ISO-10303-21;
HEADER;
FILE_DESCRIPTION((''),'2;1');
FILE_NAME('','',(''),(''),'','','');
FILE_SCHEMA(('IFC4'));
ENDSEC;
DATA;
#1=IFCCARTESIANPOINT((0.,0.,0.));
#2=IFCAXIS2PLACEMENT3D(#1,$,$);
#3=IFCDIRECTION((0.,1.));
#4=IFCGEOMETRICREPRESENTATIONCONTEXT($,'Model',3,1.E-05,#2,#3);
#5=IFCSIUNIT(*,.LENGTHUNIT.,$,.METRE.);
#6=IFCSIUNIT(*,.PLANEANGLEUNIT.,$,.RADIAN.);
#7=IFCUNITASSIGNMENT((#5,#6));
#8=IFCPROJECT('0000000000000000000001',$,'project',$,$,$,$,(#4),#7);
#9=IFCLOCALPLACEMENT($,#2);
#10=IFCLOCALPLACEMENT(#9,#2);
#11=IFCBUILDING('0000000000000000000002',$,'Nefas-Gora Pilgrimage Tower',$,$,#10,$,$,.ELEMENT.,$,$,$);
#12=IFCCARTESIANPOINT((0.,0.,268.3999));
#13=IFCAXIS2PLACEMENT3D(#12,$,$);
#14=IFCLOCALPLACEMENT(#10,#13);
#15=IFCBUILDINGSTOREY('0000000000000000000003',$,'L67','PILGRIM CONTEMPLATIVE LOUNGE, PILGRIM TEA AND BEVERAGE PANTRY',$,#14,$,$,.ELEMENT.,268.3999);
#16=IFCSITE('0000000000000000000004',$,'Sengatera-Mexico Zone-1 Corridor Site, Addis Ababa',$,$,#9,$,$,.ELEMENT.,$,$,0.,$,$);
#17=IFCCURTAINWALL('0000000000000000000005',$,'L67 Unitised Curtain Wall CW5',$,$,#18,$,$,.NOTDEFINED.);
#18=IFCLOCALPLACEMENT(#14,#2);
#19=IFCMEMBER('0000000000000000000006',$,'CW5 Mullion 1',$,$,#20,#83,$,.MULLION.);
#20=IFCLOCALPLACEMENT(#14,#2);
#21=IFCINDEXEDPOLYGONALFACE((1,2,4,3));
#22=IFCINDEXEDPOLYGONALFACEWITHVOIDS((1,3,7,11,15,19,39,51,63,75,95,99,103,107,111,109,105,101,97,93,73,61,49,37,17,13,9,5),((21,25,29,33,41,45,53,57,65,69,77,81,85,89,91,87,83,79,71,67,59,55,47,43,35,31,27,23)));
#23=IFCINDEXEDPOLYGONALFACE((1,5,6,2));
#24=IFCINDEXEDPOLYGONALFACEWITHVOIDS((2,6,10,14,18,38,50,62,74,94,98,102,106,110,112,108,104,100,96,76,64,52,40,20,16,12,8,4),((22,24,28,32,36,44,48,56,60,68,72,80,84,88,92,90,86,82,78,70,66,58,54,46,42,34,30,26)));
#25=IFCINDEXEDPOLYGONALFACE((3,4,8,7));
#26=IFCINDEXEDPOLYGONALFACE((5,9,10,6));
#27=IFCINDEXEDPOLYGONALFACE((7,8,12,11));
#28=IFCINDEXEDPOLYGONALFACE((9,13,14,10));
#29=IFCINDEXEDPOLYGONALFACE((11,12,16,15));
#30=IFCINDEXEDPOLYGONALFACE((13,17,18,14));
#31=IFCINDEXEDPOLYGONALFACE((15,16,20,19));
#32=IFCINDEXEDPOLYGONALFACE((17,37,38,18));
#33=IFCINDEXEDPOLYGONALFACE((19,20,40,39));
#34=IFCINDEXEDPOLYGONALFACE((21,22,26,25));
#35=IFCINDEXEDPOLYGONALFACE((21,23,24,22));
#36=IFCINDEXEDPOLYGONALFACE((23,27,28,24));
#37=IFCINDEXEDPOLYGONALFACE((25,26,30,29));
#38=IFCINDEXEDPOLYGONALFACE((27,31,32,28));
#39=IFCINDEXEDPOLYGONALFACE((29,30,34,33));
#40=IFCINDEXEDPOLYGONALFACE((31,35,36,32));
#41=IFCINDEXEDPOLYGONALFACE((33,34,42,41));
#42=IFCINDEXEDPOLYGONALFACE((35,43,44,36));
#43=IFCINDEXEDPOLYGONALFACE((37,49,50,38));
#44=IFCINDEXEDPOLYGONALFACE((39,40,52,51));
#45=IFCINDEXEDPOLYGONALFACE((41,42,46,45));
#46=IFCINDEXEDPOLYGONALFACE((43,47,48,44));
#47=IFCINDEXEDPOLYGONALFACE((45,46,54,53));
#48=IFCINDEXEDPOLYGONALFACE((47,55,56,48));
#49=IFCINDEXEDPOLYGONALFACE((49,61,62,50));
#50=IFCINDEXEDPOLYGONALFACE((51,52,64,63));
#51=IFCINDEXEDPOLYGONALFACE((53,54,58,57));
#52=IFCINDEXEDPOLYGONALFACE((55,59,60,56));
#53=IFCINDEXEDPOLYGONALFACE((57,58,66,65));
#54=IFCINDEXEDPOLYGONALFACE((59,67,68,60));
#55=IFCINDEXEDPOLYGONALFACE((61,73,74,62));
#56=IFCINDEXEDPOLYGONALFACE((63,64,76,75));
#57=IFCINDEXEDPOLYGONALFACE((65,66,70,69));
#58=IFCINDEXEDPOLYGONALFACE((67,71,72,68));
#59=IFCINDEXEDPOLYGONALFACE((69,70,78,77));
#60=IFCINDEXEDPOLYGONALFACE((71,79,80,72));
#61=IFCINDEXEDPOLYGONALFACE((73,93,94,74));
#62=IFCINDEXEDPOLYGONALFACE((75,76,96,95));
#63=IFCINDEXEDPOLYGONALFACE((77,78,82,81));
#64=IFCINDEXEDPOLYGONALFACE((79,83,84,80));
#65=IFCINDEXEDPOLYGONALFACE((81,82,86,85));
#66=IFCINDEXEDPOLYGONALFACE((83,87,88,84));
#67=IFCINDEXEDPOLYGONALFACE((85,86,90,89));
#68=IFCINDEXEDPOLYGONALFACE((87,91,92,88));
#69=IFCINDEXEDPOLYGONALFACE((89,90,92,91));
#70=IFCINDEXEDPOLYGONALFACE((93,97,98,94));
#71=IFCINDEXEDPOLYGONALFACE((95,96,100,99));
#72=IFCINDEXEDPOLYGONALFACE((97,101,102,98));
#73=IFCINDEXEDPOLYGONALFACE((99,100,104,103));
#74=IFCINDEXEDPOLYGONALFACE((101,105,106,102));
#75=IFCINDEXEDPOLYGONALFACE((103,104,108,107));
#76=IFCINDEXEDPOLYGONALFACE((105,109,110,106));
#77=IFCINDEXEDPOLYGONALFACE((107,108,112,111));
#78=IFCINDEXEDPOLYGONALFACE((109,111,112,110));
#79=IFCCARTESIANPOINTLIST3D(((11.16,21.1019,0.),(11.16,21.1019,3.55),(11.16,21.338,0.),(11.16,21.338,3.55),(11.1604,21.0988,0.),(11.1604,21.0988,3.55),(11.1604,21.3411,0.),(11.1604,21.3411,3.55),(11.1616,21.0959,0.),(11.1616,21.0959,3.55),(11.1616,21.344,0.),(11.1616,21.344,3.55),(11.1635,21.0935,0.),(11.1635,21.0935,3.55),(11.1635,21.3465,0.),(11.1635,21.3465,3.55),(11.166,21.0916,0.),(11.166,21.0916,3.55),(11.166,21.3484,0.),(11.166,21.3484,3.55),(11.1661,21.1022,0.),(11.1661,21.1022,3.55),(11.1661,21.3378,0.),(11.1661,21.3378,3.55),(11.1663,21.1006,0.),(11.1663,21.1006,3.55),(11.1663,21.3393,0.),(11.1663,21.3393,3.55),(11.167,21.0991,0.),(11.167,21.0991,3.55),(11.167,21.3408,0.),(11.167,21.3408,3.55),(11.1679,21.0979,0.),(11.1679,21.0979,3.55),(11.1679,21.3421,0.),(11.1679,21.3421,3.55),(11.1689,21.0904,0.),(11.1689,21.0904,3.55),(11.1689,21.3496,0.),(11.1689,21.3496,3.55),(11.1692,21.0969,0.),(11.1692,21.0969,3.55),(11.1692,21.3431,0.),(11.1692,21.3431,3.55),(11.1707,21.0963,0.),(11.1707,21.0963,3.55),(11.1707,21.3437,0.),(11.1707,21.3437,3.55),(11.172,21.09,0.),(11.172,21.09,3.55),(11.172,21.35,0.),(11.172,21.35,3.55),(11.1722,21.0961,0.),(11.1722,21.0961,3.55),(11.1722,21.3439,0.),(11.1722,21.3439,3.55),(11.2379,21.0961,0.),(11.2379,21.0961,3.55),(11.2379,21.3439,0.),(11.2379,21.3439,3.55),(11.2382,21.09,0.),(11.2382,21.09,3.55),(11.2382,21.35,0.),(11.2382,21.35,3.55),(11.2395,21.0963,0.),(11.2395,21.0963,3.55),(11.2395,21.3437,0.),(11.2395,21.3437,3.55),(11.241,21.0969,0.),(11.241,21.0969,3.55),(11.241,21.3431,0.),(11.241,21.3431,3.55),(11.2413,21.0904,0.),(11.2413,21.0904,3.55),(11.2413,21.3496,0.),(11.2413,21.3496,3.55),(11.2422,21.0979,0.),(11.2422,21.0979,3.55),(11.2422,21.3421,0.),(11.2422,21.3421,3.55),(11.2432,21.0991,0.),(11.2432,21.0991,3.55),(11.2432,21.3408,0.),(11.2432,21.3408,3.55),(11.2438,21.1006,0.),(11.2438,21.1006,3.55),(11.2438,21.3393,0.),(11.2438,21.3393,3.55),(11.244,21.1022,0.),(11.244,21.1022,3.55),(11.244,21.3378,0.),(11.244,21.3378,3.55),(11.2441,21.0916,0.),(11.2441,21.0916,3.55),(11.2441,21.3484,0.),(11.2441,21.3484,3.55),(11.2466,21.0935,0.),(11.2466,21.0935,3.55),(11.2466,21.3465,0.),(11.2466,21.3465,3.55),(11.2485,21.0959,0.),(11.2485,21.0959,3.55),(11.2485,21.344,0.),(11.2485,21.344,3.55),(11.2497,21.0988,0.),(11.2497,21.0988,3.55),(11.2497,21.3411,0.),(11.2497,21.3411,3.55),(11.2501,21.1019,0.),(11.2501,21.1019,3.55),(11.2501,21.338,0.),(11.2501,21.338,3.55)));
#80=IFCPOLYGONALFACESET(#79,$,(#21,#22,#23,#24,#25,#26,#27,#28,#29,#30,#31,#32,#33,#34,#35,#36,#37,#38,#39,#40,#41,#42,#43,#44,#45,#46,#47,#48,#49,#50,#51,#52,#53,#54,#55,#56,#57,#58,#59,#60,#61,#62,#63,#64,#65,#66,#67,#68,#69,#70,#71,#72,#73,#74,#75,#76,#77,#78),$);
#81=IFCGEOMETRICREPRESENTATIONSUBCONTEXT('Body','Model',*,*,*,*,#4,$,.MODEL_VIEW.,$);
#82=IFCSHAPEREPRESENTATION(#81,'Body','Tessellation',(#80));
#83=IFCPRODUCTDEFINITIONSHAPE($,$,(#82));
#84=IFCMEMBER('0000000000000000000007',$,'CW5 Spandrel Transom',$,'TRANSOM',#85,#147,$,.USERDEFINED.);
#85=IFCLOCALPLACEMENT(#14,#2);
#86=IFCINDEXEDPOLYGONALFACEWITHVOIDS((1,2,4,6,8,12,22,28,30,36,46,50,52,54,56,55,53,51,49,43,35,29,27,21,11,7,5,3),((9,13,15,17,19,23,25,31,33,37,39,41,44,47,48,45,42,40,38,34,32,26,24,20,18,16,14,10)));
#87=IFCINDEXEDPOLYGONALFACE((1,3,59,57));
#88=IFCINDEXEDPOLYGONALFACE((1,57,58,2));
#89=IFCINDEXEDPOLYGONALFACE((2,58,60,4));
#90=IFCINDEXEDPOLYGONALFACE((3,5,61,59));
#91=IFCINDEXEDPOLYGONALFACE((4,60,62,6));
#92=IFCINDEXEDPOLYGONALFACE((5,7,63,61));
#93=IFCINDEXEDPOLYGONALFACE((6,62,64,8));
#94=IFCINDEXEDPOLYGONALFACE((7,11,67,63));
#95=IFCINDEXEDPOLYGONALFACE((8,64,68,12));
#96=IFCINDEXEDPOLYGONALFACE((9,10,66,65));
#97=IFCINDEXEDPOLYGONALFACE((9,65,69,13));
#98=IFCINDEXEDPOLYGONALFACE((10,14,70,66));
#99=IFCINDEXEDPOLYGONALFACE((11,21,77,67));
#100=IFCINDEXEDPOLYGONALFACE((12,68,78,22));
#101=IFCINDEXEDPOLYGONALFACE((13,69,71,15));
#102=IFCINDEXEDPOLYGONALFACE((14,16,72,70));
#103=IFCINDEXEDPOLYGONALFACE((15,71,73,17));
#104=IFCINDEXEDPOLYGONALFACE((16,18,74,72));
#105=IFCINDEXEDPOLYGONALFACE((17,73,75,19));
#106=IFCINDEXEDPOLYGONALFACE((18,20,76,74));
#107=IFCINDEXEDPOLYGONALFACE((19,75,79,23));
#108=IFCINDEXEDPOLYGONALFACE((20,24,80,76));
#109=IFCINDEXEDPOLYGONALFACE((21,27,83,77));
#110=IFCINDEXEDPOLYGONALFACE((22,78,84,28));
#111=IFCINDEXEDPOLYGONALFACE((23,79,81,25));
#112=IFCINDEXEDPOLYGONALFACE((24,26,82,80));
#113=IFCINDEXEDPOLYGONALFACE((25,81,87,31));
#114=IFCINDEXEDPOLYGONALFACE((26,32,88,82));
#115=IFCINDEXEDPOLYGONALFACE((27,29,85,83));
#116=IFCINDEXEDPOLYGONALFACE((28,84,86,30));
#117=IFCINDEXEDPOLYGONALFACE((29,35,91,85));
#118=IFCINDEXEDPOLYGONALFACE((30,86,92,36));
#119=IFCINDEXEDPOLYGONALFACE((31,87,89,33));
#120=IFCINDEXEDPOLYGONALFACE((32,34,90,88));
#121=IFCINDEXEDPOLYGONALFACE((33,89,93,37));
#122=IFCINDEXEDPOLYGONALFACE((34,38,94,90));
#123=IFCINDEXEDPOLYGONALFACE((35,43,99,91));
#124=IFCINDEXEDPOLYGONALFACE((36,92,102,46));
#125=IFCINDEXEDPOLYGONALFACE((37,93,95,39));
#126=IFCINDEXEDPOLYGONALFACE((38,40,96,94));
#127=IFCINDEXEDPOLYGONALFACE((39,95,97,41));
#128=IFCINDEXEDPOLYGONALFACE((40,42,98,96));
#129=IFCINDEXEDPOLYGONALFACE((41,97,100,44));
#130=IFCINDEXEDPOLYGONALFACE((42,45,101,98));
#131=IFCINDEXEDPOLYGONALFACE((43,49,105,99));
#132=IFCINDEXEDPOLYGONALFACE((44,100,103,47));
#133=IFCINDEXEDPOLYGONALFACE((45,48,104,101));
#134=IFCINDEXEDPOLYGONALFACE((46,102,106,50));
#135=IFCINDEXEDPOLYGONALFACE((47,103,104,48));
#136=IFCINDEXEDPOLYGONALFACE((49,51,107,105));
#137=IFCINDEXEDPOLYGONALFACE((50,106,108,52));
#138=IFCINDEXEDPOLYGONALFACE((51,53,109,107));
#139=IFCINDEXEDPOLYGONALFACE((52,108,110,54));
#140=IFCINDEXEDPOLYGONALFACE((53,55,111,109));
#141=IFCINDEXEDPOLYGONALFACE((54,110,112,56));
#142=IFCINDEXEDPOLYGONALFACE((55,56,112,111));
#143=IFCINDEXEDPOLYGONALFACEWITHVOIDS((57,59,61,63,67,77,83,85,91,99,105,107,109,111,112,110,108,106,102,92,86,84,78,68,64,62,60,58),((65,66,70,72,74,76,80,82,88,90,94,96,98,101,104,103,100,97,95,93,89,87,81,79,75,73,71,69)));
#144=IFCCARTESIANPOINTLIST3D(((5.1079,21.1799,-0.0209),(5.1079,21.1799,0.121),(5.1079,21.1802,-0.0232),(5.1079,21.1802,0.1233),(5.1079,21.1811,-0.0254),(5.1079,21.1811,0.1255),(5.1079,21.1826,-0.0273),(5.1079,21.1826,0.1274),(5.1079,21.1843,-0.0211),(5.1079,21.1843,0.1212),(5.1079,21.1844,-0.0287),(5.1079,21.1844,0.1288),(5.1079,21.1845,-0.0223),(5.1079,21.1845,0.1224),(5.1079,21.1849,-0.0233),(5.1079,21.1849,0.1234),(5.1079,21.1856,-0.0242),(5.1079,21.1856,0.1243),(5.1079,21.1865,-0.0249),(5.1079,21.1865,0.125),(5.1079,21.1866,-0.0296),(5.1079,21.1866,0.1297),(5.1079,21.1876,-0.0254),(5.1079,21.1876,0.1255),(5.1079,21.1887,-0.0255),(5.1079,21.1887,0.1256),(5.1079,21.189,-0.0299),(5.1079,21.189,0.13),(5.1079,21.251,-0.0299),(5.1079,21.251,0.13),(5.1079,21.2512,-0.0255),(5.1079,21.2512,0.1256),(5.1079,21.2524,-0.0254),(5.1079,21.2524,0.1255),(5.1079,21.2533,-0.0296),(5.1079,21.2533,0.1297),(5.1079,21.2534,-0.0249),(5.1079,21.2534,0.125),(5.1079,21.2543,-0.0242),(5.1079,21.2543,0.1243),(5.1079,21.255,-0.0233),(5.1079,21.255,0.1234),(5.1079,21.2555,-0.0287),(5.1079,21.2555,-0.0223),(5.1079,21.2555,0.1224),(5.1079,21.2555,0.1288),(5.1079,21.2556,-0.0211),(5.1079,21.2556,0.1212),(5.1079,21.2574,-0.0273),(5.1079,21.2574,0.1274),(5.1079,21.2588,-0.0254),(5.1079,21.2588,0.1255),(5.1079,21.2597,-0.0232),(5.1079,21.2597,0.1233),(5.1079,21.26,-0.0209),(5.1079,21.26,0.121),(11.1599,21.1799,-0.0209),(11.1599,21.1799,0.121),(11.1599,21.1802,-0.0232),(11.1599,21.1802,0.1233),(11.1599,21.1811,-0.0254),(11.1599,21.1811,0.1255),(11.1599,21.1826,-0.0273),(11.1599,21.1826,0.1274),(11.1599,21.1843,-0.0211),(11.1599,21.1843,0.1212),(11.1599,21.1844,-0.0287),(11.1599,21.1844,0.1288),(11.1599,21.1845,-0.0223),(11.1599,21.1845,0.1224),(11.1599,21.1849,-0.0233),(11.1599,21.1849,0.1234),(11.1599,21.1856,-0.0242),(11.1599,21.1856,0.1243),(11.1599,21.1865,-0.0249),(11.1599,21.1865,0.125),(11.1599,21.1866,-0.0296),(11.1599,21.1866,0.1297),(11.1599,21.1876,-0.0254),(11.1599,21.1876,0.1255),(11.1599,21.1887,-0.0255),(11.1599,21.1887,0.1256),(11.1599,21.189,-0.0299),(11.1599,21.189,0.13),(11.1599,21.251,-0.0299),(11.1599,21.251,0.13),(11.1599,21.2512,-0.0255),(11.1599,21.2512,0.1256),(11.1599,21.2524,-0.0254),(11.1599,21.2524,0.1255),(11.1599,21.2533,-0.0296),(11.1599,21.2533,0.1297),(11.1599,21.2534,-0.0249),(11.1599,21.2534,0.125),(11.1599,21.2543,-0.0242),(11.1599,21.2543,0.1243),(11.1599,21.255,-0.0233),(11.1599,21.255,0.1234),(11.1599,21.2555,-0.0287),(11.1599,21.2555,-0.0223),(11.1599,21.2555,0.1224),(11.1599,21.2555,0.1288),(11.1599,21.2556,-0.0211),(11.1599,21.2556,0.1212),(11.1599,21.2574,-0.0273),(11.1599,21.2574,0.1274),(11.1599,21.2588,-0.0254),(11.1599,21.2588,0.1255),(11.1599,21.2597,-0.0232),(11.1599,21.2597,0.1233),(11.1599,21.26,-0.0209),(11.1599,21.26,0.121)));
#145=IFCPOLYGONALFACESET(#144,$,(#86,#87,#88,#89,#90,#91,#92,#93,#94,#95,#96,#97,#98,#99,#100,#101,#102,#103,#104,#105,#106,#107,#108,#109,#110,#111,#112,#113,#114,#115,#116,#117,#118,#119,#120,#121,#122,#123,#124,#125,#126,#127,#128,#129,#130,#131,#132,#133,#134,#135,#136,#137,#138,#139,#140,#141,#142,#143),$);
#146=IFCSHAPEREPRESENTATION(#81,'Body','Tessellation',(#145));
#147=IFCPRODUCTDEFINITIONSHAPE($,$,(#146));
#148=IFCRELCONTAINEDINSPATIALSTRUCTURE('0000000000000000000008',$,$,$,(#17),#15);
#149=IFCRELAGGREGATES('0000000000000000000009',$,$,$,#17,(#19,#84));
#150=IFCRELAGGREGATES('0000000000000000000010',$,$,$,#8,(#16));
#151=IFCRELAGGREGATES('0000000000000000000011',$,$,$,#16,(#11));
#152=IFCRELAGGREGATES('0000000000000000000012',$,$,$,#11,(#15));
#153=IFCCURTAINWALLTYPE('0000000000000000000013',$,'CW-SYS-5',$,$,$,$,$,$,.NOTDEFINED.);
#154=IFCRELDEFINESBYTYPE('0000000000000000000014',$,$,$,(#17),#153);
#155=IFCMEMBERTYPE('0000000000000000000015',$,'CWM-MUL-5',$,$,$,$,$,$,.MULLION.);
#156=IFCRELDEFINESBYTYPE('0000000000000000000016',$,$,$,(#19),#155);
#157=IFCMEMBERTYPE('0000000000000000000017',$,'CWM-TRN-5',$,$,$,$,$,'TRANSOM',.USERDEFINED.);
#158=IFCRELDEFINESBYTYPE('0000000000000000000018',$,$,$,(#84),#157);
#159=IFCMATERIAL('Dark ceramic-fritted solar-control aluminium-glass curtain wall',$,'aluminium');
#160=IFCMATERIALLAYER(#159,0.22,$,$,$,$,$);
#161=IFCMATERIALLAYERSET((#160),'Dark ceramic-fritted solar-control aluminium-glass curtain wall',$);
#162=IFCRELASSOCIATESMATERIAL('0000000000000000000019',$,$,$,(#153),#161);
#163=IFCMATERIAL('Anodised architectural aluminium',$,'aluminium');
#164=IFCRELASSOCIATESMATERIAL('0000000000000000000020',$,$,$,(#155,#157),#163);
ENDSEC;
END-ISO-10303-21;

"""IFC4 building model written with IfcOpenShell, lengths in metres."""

from ifc_helpers import new_model, si_unit, direction, frame, origin, origin_2d, place, context, subcontext, project, spatial, hollow_rectangle, extrude, source, transform, mapped, material, layer, layer_set, material_profile, profile_set, type_object, element, aggregate, save


model = new_model("IFC4")

# Units and contexts
model_context = context("Model", 3, precision=1e-05, world=origin(), true_north=direction((0.0, 1.0)))
body_context = subcontext(model_context, "Body", "Model", "MODEL_VIEW")
ifc_project = project(units=[si_unit("LENGTHUNIT", "METRE"), si_unit("PLANEANGLEUNIT", "RADIAN")], contexts=[model_context])

# Site, building, storey
site_placement = place(None, origin())
site = spatial("IfcSite", under=ifc_project, at=site_placement, Name="Sengatera-Mexico Zone-1 Corridor Site, Addis Ababa", CompositionType="ELEMENT", RefElevation=0.0)
building_placement = place(site_placement, origin())
building = spatial("IfcBuilding", under=site, at=building_placement, Name="Nefas-Gora Pilgrimage Tower", CompositionType="ELEMENT")
storey_placement = place(building_placement, frame((0.0, 0.0, 268.3999)))
storey = spatial("IfcBuildingStorey", under=building, at=storey_placement, Name="L67", Description="PILGRIM CONTEMPLATIVE LOUNGE, PILGRIM TEA AND BEVERAGE PANTRY", CompositionType="ELEMENT", Elevation=268.3999)

# Curtain wall, members
ifc_material_1 = material(Name="Dark ceramic-fritted solar-control aluminium-glass curtain wall", Category="aluminium")
ifc_layer_1 = layer(ifc_material_1, 0.22)
ifc_layer_set_1 = layer_set([ifc_layer_1], Name="Dark ceramic-fritted solar-control aluminium-glass curtain wall")
curtain_wall_type_1 = type_object("IfcCurtainWallType", Name="CW-SYS-5", PredefinedType="NOTDEFINED", material=ifc_layer_set_1)
curtain_wall_1_placement = place(storey_placement, origin())
curtain_wall_1 = element("IfcCurtainWall", 1, at=curtain_wall_1_placement, inside=storey, type_object=curtain_wall_type_1, Name="L67 Unitised Curtain Wall CW5", PredefinedType="NOTDEFINED")
ifc_material_2 = material(Name="Anodised architectural aluminium", Category="aluminium")
ifc_material_profile_1 = material_profile(ifc_material_2, hollow_rectangle(XDim=0.0901, YDim=0.26, WallThickness=0.0061, InnerFilletRadius=0.0061, OuterFilletRadius=0.012, at=origin_2d()), Name="ALU MULLION 90x260")
ifc_profile_set_1 = profile_set([ifc_material_profile_1], Name="Anodised architectural aluminium")
member_type_1 = type_object("IfcMemberType", Name="CWM-MUL-5", PredefinedType="MULLION", material=ifc_profile_set_1)
shared_shape_1 = source(origin(), body_context, "Body", "SweptSolid", [
    extrude(hollow_rectangle(XDim=0.0901, YDim=0.26, WallThickness=0.0061, InnerFilletRadius=0.0061, OuterFilletRadius=0.012, at=origin_2d()), origin(), (0.0, 0.0, 1.0), 3.55),
])
member_1_placement = place(storey_placement, frame((11.2051, 21.22, 0.0), z_axis=(0.0, 0.0, 1.0), x_axis=(-1.0, 0.0, 0.0)))
member_1 = element("IfcMember", 2, at=member_1_placement, type_object=member_type_1, Name="CW5 Mullion 1", PredefinedType="MULLION", context=body_context, shape_type="MappedRepresentation", body=[
    mapped(shared_shape_1, transform((0.0, 0.0, 0.0), x_axis=(1.0, 0.0, 0.0), y_axis=(0.0, 1.0, 0.0), z_axis=(0.0, 0.0, 1.0), scale=1.0)),
])
ifc_material_profile_2 = material_profile(ifc_material_2, hollow_rectangle(XDim=0.0801, YDim=0.1599, WallThickness=0.0044, InnerFilletRadius=0.0044, OuterFilletRadius=0.009, at=origin_2d()), Name="ALU TRANSOM 80x160")
ifc_profile_set_2 = profile_set([ifc_material_profile_2], Name="Anodised architectural aluminium")
member_type_2 = type_object("IfcMemberType", Name="CWM-TRN-5", ElementType="TRANSOM", PredefinedType="USERDEFINED", material=ifc_profile_set_2)
shared_shape_2 = source(origin(), body_context, "Body", "SweptSolid", [
    extrude(hollow_rectangle(XDim=0.0801, YDim=0.1599, WallThickness=0.0044, InnerFilletRadius=0.0044, OuterFilletRadius=0.009, at=origin_2d()), origin(), (0.0, 0.0, 1.0), 6.052),
])
member_2_placement = place(storey_placement, frame((11.1599, 21.22, 0.05), z_axis=(-1.0, 0.0, 0.0), x_axis=(0.0, -1.0, 0.0)))
member_2 = element("IfcMember", 3, at=member_2_placement, type_object=member_type_2, Name="CW5 Spandrel Transom", ObjectType="TRANSOM", PredefinedType="USERDEFINED", context=body_context, shape_type="MappedRepresentation", body=[
    mapped(shared_shape_2, transform((0.0, 0.0, 0.0), x_axis=(1.0, 0.0, 0.0), y_axis=(0.0, 1.0, 0.0), z_axis=(0.0, 0.0, 1.0), scale=1.0)),
])

aggregate(curtain_wall_1, [member_1, member_2])

save(model, "model.ifc")
